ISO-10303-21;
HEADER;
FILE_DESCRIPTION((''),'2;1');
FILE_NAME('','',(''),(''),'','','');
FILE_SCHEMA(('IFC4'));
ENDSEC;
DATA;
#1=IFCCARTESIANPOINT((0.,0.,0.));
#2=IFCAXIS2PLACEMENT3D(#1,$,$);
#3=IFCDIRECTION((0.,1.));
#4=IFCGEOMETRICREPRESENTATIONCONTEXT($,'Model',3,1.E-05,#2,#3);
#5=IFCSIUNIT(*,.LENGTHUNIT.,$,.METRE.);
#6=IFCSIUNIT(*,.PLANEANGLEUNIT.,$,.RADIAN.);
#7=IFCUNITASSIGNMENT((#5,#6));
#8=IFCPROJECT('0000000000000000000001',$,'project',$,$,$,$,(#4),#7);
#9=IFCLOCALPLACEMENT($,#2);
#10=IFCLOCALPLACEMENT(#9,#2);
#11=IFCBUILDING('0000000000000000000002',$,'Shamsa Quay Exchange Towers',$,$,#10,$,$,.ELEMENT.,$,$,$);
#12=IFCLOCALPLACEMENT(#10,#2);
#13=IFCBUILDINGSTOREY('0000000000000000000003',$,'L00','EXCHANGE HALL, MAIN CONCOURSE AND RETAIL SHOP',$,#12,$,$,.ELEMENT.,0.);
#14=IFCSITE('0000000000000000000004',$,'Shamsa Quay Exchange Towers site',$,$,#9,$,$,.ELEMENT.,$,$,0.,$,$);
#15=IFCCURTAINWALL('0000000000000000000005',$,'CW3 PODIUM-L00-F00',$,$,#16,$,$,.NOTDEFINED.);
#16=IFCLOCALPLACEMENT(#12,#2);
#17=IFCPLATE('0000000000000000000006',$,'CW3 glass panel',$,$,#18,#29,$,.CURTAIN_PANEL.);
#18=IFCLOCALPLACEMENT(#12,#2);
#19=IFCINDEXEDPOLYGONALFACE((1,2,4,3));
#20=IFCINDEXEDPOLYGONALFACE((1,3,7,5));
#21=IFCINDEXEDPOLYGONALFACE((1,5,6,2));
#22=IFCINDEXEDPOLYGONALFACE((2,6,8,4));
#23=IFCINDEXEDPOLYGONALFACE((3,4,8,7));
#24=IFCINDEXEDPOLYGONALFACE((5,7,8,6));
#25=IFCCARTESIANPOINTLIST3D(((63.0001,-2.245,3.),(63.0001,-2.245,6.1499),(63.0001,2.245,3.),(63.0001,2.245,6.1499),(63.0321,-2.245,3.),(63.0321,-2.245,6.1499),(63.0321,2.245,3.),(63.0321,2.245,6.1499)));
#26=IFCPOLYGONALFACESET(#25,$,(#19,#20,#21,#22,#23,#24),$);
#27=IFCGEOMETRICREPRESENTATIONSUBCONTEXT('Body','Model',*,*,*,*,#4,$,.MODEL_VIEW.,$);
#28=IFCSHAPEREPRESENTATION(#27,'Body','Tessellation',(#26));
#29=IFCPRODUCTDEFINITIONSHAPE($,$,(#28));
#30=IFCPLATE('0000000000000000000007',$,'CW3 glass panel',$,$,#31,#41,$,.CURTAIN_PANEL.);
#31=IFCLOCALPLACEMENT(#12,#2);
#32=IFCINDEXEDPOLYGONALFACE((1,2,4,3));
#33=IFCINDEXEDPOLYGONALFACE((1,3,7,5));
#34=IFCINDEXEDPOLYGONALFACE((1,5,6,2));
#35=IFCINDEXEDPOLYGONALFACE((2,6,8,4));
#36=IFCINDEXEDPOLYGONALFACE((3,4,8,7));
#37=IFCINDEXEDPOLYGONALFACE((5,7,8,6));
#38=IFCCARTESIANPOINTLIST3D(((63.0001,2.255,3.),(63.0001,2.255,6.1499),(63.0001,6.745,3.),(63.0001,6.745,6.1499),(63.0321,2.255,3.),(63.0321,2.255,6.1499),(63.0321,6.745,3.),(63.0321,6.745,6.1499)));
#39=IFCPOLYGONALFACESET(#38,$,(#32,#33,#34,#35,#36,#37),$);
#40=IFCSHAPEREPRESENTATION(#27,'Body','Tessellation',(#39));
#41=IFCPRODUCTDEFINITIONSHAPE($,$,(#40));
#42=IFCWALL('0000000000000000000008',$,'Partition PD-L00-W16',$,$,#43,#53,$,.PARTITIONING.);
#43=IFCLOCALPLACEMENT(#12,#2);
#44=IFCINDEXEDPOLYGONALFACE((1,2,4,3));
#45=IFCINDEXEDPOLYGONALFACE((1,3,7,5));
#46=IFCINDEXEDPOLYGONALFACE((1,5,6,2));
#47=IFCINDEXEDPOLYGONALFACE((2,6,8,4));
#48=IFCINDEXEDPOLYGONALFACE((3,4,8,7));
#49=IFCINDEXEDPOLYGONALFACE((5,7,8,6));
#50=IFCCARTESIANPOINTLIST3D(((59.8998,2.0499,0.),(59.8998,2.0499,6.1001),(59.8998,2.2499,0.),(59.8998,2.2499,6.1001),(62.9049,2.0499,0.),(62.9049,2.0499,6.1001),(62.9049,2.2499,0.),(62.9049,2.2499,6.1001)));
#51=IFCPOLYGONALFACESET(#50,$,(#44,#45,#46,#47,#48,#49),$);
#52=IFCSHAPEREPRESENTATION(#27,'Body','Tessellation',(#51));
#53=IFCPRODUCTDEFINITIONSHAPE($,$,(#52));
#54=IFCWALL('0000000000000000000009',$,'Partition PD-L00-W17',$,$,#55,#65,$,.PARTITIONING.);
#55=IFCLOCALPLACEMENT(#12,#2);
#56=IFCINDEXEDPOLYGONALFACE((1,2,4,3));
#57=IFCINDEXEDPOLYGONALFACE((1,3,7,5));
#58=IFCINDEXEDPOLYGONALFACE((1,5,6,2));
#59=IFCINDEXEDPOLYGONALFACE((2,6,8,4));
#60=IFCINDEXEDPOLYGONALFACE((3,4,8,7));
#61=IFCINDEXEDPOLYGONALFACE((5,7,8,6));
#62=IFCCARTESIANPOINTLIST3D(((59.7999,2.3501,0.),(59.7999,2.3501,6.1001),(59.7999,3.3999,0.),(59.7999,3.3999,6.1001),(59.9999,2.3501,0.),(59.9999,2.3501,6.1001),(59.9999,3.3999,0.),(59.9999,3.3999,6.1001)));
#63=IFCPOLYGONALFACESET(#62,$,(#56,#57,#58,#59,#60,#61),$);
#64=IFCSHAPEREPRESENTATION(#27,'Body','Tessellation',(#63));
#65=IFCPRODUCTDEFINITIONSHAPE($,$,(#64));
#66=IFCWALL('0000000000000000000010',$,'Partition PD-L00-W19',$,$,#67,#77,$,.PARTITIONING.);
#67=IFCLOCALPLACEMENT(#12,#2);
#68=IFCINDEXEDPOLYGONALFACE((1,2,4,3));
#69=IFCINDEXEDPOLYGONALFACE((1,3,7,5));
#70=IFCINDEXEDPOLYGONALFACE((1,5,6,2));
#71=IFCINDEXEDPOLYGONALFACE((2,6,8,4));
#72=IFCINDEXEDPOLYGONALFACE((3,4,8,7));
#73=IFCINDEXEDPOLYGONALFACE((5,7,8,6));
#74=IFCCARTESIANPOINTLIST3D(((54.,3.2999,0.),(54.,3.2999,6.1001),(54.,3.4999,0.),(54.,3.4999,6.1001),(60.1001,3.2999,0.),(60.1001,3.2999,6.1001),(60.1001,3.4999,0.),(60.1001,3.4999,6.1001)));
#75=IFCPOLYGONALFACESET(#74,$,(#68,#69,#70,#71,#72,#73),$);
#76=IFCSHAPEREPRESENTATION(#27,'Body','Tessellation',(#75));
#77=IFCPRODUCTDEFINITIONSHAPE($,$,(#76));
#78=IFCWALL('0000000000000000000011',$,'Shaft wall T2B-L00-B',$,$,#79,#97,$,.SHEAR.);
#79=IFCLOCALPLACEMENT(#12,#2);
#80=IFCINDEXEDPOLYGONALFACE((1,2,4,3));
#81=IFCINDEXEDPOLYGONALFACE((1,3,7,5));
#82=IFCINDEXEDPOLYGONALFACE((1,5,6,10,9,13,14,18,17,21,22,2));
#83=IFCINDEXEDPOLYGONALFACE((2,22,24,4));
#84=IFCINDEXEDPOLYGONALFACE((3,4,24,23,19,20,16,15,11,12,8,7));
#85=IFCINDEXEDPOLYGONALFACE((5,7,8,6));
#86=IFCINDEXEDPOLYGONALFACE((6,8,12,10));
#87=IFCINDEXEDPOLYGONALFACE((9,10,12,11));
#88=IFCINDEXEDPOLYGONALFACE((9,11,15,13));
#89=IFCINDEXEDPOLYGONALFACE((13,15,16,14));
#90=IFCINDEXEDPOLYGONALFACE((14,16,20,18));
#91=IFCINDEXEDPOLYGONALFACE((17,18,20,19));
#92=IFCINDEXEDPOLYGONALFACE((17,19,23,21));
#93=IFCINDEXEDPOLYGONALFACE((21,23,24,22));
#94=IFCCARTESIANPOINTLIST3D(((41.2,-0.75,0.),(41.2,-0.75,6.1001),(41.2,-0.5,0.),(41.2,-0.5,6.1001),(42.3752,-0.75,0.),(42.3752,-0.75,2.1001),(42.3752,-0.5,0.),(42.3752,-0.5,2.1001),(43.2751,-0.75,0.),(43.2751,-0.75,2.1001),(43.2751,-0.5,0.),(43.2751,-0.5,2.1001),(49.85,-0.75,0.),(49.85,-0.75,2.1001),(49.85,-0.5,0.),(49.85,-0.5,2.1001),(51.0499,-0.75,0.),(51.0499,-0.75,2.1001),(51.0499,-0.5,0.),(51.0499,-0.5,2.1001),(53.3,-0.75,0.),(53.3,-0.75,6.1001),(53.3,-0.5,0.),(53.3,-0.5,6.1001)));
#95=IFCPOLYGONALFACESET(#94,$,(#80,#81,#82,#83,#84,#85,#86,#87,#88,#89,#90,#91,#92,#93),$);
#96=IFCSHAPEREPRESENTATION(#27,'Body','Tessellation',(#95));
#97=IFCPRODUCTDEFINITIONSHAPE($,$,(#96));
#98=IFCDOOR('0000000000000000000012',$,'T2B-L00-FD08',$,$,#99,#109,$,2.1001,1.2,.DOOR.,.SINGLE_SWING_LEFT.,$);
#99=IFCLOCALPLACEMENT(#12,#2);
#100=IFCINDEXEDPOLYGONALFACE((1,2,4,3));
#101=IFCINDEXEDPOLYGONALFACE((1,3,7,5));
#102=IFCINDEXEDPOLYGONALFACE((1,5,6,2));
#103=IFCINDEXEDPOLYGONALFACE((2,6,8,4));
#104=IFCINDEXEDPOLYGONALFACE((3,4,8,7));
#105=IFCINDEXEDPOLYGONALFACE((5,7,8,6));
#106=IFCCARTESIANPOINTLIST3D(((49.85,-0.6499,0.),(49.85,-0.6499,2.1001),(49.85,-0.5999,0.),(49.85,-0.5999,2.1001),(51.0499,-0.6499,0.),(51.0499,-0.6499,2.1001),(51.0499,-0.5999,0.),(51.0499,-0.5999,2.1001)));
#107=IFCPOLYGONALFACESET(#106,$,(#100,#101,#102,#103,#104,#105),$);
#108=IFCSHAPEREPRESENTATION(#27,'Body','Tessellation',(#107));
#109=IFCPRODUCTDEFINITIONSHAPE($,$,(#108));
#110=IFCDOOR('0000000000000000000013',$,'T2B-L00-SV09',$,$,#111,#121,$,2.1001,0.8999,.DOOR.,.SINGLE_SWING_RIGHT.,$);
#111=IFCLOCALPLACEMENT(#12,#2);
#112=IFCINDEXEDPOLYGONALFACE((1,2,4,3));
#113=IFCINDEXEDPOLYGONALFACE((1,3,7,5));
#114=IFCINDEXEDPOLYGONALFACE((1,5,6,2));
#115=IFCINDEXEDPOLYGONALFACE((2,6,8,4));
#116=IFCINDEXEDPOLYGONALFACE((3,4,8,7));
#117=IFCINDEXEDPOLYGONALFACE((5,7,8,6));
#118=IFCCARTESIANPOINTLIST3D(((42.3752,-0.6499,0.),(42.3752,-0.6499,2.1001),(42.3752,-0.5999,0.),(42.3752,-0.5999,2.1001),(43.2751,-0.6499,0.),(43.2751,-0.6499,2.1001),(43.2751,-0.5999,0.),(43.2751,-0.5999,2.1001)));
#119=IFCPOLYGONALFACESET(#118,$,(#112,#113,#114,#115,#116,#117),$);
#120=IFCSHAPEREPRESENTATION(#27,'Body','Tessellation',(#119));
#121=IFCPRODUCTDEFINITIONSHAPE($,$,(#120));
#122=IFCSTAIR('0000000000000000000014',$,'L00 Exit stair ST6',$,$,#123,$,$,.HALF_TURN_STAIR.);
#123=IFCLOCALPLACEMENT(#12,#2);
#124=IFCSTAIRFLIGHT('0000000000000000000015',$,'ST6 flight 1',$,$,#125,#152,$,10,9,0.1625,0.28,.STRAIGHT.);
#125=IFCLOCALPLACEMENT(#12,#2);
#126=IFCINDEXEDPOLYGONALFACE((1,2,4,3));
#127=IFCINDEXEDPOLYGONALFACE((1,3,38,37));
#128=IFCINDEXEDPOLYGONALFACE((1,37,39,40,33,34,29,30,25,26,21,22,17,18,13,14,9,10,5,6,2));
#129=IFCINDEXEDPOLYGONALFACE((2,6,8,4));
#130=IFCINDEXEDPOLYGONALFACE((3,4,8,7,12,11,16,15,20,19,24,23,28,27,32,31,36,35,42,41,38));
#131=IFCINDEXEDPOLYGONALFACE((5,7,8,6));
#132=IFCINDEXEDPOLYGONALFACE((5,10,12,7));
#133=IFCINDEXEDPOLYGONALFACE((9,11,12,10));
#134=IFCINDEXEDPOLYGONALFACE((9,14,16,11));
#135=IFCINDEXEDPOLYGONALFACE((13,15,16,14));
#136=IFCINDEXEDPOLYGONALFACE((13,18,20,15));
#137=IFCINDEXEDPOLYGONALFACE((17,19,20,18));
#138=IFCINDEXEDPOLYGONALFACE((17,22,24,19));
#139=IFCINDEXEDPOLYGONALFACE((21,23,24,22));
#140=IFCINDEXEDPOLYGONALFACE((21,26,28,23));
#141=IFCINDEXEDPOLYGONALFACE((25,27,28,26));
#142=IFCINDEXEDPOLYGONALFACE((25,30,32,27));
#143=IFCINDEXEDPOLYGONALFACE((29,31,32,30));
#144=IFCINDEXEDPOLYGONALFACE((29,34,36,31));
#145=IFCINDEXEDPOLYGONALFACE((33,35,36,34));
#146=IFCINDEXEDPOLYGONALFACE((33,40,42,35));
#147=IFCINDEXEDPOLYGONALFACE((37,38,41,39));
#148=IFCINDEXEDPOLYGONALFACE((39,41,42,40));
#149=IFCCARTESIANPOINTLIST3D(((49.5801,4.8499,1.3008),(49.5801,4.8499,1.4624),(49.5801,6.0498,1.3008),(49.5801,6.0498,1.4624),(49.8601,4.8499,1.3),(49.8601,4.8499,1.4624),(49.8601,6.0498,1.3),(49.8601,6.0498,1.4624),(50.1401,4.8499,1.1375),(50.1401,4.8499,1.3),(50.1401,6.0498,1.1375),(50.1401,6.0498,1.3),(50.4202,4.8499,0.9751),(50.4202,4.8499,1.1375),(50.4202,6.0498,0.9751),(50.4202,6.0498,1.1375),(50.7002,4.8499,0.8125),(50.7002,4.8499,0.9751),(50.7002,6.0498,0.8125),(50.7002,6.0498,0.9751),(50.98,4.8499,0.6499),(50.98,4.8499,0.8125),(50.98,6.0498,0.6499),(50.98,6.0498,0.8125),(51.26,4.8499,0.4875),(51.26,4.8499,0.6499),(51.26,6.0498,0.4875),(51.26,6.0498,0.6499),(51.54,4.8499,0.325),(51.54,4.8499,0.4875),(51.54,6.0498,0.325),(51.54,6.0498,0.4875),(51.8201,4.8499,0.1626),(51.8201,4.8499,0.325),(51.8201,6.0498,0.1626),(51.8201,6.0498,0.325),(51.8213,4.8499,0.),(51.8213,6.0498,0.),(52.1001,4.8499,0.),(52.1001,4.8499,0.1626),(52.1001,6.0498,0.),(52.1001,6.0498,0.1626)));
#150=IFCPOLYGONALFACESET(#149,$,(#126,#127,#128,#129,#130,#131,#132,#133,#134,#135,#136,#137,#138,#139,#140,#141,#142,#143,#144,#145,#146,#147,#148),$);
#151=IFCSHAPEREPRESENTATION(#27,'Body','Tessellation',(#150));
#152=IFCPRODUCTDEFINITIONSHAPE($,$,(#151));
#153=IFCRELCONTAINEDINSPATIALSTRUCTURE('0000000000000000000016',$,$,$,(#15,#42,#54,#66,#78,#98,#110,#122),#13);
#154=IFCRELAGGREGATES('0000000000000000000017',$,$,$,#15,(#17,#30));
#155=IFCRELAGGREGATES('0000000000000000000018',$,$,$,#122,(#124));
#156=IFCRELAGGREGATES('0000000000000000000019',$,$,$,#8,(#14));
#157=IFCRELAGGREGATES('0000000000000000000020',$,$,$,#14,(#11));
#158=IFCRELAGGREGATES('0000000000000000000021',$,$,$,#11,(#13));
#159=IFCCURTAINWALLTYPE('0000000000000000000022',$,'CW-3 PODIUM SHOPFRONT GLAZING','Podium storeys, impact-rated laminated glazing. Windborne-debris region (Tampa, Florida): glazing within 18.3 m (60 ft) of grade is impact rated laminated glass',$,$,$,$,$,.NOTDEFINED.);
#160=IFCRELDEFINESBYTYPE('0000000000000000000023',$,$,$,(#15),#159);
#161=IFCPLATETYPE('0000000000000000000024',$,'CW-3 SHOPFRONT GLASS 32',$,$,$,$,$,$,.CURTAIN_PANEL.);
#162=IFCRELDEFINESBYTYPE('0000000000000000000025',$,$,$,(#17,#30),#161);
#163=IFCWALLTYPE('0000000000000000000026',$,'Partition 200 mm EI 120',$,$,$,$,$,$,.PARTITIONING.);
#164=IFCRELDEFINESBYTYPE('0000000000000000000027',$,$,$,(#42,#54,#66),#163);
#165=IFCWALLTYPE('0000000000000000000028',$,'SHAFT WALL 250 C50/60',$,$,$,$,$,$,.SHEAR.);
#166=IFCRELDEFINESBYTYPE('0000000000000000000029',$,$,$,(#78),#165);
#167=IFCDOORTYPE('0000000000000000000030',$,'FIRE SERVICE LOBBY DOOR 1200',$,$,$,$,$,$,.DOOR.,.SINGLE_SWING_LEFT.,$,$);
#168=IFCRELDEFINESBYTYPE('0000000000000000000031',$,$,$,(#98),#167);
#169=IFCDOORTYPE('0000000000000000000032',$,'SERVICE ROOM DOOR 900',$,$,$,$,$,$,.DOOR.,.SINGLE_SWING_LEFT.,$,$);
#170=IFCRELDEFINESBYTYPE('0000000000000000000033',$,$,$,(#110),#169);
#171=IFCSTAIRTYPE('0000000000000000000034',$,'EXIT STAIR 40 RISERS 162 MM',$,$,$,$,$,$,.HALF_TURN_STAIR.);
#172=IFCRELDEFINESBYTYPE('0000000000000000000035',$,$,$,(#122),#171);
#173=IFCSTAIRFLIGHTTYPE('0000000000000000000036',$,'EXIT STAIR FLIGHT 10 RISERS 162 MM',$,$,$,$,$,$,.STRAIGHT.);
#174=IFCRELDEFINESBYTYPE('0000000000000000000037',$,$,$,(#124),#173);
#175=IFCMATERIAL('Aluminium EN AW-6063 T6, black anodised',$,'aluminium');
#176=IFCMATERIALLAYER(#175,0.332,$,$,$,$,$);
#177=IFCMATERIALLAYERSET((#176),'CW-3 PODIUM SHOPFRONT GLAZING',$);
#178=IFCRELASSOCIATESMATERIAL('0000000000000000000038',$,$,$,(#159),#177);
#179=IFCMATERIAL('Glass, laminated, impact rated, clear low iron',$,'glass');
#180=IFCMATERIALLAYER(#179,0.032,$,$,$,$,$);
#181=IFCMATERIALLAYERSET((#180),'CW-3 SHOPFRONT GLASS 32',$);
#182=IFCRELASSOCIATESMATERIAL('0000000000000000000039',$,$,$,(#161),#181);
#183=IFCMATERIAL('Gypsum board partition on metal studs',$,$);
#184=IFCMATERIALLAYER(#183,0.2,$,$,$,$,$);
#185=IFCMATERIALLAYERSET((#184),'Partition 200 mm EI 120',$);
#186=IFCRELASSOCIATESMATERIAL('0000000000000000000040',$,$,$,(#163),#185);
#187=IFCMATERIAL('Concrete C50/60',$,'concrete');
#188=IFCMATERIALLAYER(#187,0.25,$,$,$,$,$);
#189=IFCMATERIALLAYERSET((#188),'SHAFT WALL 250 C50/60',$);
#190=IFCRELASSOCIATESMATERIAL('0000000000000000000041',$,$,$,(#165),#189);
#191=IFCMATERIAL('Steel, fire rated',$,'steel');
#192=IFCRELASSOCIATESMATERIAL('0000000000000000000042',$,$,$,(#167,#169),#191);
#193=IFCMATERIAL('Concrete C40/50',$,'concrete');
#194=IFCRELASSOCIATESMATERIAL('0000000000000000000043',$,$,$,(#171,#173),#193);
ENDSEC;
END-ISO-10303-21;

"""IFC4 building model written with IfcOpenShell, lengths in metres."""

from ifc_helpers import new_model, si_unit, direction, frame, frame_2d, origin, origin_2d, place, context, subcontext, project, spatial, polyline, rectangle, outline, extrude, material, layer, layer_set, type_object, element, fill, aggregate, save


model = new_model("IFC4")

# Units and contexts
model_context = context("Model", 3, precision=1e-05, world=origin(), true_north=direction((0.0, 1.0)))
body_context = subcontext(model_context, "Body", "Model", "MODEL_VIEW")
ifc_project = project(units=[si_unit("LENGTHUNIT", "METRE"), si_unit("PLANEANGLEUNIT", "RADIAN")], contexts=[model_context])

# Site, building, storey
site_placement = place(None, origin())
site = spatial("IfcSite", under=ifc_project, at=site_placement, Name="Shamsa Quay Exchange Towers site", CompositionType="ELEMENT", RefElevation=0.0)
building_placement = place(site_placement, origin())
building = spatial("IfcBuilding", under=site, at=building_placement, Name="Shamsa Quay Exchange Towers", CompositionType="ELEMENT")
storey_placement = place(building_placement, origin())
storey = spatial("IfcBuildingStorey", under=building, at=storey_placement, Name="L00", Description="EXCHANGE HALL, MAIN CONCOURSE AND RETAIL SHOP", CompositionType="ELEMENT", Elevation=0.0)

# Shared definitions
ifc_material_1 = material(Name="Concrete C40/50", Category="concrete")

# Curtain wall, plates
ifc_material_2 = material(Name="Aluminium EN AW-6063 T6, black anodised", Category="aluminium")
ifc_layer_1 = layer(ifc_material_2, 0.332)
ifc_layer_set_1 = layer_set([ifc_layer_1], Name="CW-3 PODIUM SHOPFRONT GLAZING")
curtain_wall_type = type_object("IfcCurtainWallType", Name="CW-3 PODIUM SHOPFRONT GLAZING", Description="Podium storeys, impact-rated laminated glazing. Windborne-debris region (Tampa, Florida): glazing within 18.3 m (60 ft) of grade is impact rated laminated glass", PredefinedType="NOTDEFINED", material=ifc_layer_set_1)
curtain_wall_placement = place(storey_placement, origin())
curtain_wall = element("IfcCurtainWall", 1, at=curtain_wall_placement, inside=storey, type_object=curtain_wall_type, Name="CW3 PODIUM-L00-F00", PredefinedType="NOTDEFINED")
ifc_material_3 = material(Name="Glass, laminated, impact rated, clear low iron", Category="glass")
ifc_layer_2 = layer(ifc_material_3, 0.032)
ifc_layer_set_2 = layer_set([ifc_layer_2], Name="CW-3 SHOPFRONT GLASS 32")
plate_type = type_object("IfcPlateType", Name="CW-3 SHOPFRONT GLASS 32", PredefinedType="CURTAIN_PANEL", material=ifc_layer_set_2)
plate_1_placement = place(storey_placement, frame((63.0161, 0.0, 3.0), z_axis=(0.0, 0.0, 1.0), x_axis=(0.0, 1.0, 0.0)))
plate_1 = element("IfcPlate", 2, at=plate_1_placement, type_object=plate_type, Name="CW3 glass panel", PredefinedType="CURTAIN_PANEL", context=body_context, shape_type="SweptSolid", body=[
    extrude(rectangle(XDim=4.49, YDim=0.032, at=origin_2d()), origin(), (0.0, 0.0, 1.0), 3.1499),
])
plate_2_placement = place(storey_placement, frame((63.0161, 4.5, 3.0), z_axis=(0.0, 0.0, 1.0), x_axis=(0.0, 1.0, 0.0)))
plate_2 = element("IfcPlate", 3, at=plate_2_placement, type_object=plate_type, Name="CW3 glass panel", PredefinedType="CURTAIN_PANEL", context=body_context, shape_type="SweptSolid", body=[
    extrude(rectangle(XDim=4.49, YDim=0.032, at=origin_2d()), origin(), (0.0, 0.0, 1.0), 3.1499),
])
aggregate(curtain_wall, [plate_1, plate_2])

# Walls
ifc_material_4 = material(Name="Gypsum board partition on metal studs")
ifc_layer_3 = layer(ifc_material_4, 0.2)
ifc_layer_set_3 = layer_set([ifc_layer_3], Name="Partition 200 mm EI 120")
wall_type_1 = type_object("IfcWallType", Name="Partition 200 mm EI 120", PredefinedType="PARTITIONING", material=ifc_layer_set_3)
wall_1_placement = place(storey_placement, frame((59.8999, 2.1499, 0.0)))
element("IfcWall", 4, at=wall_1_placement, inside=storey, type_object=wall_type_1, Name="Partition PD-L00-W16", PredefinedType="PARTITIONING", context=body_context, shape_type="SweptSolid", body=[
    extrude(rectangle(XDim=3.0051, YDim=0.2, at=frame_2d((1.5024, 0.0))), origin(), (0.0, 0.0, 1.0), 6.1001),
])
wall_2_placement = place(storey_placement, frame((59.8999, 3.3999, 0.0), z_axis=(0.0, 0.0, 1.0), x_axis=(0.0, -1.0, 0.0)))
element("IfcWall", 5, at=wall_2_placement, inside=storey, type_object=wall_type_1, Name="Partition PD-L00-W17", PredefinedType="PARTITIONING", context=body_context, shape_type="SweptSolid", body=[
    extrude(rectangle(XDim=1.0498, YDim=0.2, at=frame_2d((0.5249, 0.0))), origin(), (0.0, 0.0, 1.0), 6.1001),
])
wall_3_placement = place(storey_placement, frame((54.0, 3.3999, 0.0)))
element("IfcWall", 6, at=wall_3_placement, inside=storey, type_object=wall_type_1, Name="Partition PD-L00-W19", PredefinedType="PARTITIONING", context=body_context, shape_type="SweptSolid", body=[
    extrude(rectangle(XDim=6.1001, YDim=0.2, at=frame_2d((3.05, 0.0))), origin(), (0.0, 0.0, 1.0), 6.1001),
])

# Wall, openings, doors
ifc_material_5 = material(Name="Concrete C50/60", Category="concrete")
ifc_layer_4 = layer(ifc_material_5, 0.25)
ifc_layer_set_4 = layer_set([ifc_layer_4], Name="SHAFT WALL 250 C50/60")
wall_type_2 = type_object("IfcWallType", Name="SHAFT WALL 250 C50/60", PredefinedType="SHEAR", material=ifc_layer_set_4)
wall_4_placement = place(storey_placement, frame((53.3, -0.625, 0.0), z_axis=(0.0, 0.0, 1.0), x_axis=(-1.0, 0.0, 0.0)))
wall_4 = element("IfcWall", 7, at=wall_4_placement, inside=storey, type_object=wall_type_2, Name="Shaft wall T2B-L00-B", PredefinedType="SHEAR", context=body_context, shape_type="SweptSolid", body=[
    extrude(rectangle(XDim=12.1001, YDim=0.25, at=frame_2d((6.05, 0.0))), origin(), (0.0, 0.0, 1.0), 6.1001),
])
opening_1_placement = place(wall_4_placement, frame((2.25, 0.0, 0.0)))
opening_1 = element("IfcOpeningElement", 8, at=opening_1_placement, cuts=wall_4, PredefinedType="OPENING", context=body_context, shape_type="SweptSolid", body=[
    extrude(rectangle(XDim=1.2, YDim=2.1001, at=frame_2d((0.6001, 1.05))), frame((0.0, 0.135, 0.0), z_axis=(0.0, -1.0, 0.0), x_axis=(1.0, 0.0, 0.0)), (0.0, 0.0, 1.0), 0.27),
])
opening_2_placement = place(wall_4_placement, frame((10.0249, 0.0, 0.0)))
opening_2 = element("IfcOpeningElement", 9, at=opening_2_placement, cuts=wall_4, PredefinedType="OPENING", context=body_context, shape_type="SweptSolid", body=[
    extrude(rectangle(XDim=0.8999, YDim=2.1001, at=frame_2d((0.45, 1.05))), frame((0.0, 0.135, 0.0), z_axis=(0.0, -1.0, 0.0), x_axis=(1.0, 0.0, 0.0)), (0.0, 0.0, 1.0), 0.27),
])
ifc_material_6 = material(Name="Steel, fire rated", Category="steel")
door_type_1 = type_object("IfcDoorType", Name="FIRE SERVICE LOBBY DOOR 1200", OperationType="SINGLE_SWING_LEFT", PredefinedType="DOOR", material=ifc_material_6)
door_1_placement = place(opening_1_placement, origin())
door_1 = element("IfcDoor", 10, at=door_1_placement, inside=storey, type_object=door_type_1, Name="T2B-L00-FD08", OperationType="SINGLE_SWING_LEFT", OverallHeight=2.1001, OverallWidth=1.2, PredefinedType="DOOR", context=body_context, shape_type="SweptSolid", body=[
    extrude(rectangle(XDim=1.2, YDim=2.1001, at=frame_2d((0.6001, 1.05))), frame((0.0, 0.0249, 0.0), z_axis=(0.0, -1.0, 0.0), x_axis=(1.0, 0.0, 0.0)), (0.0, 0.0, 1.0), 0.05),
])
fill(opening_1, door_1)
door_type_2 = type_object("IfcDoorType", Name="SERVICE ROOM DOOR 900", OperationType="SINGLE_SWING_LEFT", PredefinedType="DOOR", material=ifc_material_6)
door_2_placement = place(opening_2_placement, origin())
door_2 = element("IfcDoor", 11, at=door_2_placement, inside=storey, type_object=door_type_2, Name="T2B-L00-SV09", OperationType="SINGLE_SWING_RIGHT", OverallHeight=2.1001, OverallWidth=0.8999, PredefinedType="DOOR", context=body_context, shape_type="SweptSolid", body=[
    extrude(rectangle(XDim=0.8999, YDim=2.1001, at=frame_2d((0.45, 1.05))), frame((0.0, 0.0249, 0.0), z_axis=(0.0, -1.0, 0.0), x_axis=(1.0, 0.0, 0.0)), (0.0, 0.0, 1.0), 0.05),
])
fill(opening_2, door_2)

# Stair, stair flight
stair_type = type_object("IfcStairType", Name="EXIT STAIR 40 RISERS 162 MM", PredefinedType="HALF_TURN_STAIR", material=ifc_material_1)
stair_placement = place(storey_placement, origin())
stair = element("IfcStair", 12, at=stair_placement, inside=storey, type_object=stair_type, Name="L00 Exit stair ST6", PredefinedType="HALF_TURN_STAIR")
stair_flight_type = type_object("IfcStairFlightType", Name="EXIT STAIR FLIGHT 10 RISERS 162 MM", PredefinedType="STRAIGHT", material=ifc_material_1)
stair_flight_1_placement = place(storey_placement, frame((52.1001, 5.45, 0.0), z_axis=(0.0, 0.0, 1.0), x_axis=(-1.0, 0.0, 0.0)))
stair_flight_1 = element("IfcStairFlight", 13, at=stair_flight_1_placement, type_object=stair_flight_type, Name="ST6 flight 1", NumberOfRisers=10, NumberOfTreads=9, PredefinedType="STRAIGHT", RiserHeight=0.1625, TreadLength=0.28, context=body_context, shape_type="SweptSolid", body=[
    extrude(outline(polyline([(0.0, 0.0), (0.0, 0.1626), (0.28, 0.1626), (0.28, 0.325), (0.5601, 0.325), (0.5601, 0.4875), (0.8401, 0.4875), (0.8401, 0.6499), (1.1201, 0.6499), (1.1201, 0.8125), (1.3999, 0.8125), (1.3999, 0.9751), (1.6799, 0.9751), (1.6799, 1.1375), (1.96, 1.1375), (1.96, 1.3), (2.24, 1.3), (2.24, 1.4624), (2.52, 1.4624), (2.52, 1.625), (2.52, 1.3008), (0.2788, 0.0), (0.0, 0.0)])), frame((0.0, 0.6001, 0.0), z_axis=(0.0, -1.0, 0.0), x_axis=(1.0, 0.0, 0.0)), (0.0, 0.0, 1.0), 1.2),
])
aggregate(stair, [stair_flight_1])

save(model, "model.ifc")
